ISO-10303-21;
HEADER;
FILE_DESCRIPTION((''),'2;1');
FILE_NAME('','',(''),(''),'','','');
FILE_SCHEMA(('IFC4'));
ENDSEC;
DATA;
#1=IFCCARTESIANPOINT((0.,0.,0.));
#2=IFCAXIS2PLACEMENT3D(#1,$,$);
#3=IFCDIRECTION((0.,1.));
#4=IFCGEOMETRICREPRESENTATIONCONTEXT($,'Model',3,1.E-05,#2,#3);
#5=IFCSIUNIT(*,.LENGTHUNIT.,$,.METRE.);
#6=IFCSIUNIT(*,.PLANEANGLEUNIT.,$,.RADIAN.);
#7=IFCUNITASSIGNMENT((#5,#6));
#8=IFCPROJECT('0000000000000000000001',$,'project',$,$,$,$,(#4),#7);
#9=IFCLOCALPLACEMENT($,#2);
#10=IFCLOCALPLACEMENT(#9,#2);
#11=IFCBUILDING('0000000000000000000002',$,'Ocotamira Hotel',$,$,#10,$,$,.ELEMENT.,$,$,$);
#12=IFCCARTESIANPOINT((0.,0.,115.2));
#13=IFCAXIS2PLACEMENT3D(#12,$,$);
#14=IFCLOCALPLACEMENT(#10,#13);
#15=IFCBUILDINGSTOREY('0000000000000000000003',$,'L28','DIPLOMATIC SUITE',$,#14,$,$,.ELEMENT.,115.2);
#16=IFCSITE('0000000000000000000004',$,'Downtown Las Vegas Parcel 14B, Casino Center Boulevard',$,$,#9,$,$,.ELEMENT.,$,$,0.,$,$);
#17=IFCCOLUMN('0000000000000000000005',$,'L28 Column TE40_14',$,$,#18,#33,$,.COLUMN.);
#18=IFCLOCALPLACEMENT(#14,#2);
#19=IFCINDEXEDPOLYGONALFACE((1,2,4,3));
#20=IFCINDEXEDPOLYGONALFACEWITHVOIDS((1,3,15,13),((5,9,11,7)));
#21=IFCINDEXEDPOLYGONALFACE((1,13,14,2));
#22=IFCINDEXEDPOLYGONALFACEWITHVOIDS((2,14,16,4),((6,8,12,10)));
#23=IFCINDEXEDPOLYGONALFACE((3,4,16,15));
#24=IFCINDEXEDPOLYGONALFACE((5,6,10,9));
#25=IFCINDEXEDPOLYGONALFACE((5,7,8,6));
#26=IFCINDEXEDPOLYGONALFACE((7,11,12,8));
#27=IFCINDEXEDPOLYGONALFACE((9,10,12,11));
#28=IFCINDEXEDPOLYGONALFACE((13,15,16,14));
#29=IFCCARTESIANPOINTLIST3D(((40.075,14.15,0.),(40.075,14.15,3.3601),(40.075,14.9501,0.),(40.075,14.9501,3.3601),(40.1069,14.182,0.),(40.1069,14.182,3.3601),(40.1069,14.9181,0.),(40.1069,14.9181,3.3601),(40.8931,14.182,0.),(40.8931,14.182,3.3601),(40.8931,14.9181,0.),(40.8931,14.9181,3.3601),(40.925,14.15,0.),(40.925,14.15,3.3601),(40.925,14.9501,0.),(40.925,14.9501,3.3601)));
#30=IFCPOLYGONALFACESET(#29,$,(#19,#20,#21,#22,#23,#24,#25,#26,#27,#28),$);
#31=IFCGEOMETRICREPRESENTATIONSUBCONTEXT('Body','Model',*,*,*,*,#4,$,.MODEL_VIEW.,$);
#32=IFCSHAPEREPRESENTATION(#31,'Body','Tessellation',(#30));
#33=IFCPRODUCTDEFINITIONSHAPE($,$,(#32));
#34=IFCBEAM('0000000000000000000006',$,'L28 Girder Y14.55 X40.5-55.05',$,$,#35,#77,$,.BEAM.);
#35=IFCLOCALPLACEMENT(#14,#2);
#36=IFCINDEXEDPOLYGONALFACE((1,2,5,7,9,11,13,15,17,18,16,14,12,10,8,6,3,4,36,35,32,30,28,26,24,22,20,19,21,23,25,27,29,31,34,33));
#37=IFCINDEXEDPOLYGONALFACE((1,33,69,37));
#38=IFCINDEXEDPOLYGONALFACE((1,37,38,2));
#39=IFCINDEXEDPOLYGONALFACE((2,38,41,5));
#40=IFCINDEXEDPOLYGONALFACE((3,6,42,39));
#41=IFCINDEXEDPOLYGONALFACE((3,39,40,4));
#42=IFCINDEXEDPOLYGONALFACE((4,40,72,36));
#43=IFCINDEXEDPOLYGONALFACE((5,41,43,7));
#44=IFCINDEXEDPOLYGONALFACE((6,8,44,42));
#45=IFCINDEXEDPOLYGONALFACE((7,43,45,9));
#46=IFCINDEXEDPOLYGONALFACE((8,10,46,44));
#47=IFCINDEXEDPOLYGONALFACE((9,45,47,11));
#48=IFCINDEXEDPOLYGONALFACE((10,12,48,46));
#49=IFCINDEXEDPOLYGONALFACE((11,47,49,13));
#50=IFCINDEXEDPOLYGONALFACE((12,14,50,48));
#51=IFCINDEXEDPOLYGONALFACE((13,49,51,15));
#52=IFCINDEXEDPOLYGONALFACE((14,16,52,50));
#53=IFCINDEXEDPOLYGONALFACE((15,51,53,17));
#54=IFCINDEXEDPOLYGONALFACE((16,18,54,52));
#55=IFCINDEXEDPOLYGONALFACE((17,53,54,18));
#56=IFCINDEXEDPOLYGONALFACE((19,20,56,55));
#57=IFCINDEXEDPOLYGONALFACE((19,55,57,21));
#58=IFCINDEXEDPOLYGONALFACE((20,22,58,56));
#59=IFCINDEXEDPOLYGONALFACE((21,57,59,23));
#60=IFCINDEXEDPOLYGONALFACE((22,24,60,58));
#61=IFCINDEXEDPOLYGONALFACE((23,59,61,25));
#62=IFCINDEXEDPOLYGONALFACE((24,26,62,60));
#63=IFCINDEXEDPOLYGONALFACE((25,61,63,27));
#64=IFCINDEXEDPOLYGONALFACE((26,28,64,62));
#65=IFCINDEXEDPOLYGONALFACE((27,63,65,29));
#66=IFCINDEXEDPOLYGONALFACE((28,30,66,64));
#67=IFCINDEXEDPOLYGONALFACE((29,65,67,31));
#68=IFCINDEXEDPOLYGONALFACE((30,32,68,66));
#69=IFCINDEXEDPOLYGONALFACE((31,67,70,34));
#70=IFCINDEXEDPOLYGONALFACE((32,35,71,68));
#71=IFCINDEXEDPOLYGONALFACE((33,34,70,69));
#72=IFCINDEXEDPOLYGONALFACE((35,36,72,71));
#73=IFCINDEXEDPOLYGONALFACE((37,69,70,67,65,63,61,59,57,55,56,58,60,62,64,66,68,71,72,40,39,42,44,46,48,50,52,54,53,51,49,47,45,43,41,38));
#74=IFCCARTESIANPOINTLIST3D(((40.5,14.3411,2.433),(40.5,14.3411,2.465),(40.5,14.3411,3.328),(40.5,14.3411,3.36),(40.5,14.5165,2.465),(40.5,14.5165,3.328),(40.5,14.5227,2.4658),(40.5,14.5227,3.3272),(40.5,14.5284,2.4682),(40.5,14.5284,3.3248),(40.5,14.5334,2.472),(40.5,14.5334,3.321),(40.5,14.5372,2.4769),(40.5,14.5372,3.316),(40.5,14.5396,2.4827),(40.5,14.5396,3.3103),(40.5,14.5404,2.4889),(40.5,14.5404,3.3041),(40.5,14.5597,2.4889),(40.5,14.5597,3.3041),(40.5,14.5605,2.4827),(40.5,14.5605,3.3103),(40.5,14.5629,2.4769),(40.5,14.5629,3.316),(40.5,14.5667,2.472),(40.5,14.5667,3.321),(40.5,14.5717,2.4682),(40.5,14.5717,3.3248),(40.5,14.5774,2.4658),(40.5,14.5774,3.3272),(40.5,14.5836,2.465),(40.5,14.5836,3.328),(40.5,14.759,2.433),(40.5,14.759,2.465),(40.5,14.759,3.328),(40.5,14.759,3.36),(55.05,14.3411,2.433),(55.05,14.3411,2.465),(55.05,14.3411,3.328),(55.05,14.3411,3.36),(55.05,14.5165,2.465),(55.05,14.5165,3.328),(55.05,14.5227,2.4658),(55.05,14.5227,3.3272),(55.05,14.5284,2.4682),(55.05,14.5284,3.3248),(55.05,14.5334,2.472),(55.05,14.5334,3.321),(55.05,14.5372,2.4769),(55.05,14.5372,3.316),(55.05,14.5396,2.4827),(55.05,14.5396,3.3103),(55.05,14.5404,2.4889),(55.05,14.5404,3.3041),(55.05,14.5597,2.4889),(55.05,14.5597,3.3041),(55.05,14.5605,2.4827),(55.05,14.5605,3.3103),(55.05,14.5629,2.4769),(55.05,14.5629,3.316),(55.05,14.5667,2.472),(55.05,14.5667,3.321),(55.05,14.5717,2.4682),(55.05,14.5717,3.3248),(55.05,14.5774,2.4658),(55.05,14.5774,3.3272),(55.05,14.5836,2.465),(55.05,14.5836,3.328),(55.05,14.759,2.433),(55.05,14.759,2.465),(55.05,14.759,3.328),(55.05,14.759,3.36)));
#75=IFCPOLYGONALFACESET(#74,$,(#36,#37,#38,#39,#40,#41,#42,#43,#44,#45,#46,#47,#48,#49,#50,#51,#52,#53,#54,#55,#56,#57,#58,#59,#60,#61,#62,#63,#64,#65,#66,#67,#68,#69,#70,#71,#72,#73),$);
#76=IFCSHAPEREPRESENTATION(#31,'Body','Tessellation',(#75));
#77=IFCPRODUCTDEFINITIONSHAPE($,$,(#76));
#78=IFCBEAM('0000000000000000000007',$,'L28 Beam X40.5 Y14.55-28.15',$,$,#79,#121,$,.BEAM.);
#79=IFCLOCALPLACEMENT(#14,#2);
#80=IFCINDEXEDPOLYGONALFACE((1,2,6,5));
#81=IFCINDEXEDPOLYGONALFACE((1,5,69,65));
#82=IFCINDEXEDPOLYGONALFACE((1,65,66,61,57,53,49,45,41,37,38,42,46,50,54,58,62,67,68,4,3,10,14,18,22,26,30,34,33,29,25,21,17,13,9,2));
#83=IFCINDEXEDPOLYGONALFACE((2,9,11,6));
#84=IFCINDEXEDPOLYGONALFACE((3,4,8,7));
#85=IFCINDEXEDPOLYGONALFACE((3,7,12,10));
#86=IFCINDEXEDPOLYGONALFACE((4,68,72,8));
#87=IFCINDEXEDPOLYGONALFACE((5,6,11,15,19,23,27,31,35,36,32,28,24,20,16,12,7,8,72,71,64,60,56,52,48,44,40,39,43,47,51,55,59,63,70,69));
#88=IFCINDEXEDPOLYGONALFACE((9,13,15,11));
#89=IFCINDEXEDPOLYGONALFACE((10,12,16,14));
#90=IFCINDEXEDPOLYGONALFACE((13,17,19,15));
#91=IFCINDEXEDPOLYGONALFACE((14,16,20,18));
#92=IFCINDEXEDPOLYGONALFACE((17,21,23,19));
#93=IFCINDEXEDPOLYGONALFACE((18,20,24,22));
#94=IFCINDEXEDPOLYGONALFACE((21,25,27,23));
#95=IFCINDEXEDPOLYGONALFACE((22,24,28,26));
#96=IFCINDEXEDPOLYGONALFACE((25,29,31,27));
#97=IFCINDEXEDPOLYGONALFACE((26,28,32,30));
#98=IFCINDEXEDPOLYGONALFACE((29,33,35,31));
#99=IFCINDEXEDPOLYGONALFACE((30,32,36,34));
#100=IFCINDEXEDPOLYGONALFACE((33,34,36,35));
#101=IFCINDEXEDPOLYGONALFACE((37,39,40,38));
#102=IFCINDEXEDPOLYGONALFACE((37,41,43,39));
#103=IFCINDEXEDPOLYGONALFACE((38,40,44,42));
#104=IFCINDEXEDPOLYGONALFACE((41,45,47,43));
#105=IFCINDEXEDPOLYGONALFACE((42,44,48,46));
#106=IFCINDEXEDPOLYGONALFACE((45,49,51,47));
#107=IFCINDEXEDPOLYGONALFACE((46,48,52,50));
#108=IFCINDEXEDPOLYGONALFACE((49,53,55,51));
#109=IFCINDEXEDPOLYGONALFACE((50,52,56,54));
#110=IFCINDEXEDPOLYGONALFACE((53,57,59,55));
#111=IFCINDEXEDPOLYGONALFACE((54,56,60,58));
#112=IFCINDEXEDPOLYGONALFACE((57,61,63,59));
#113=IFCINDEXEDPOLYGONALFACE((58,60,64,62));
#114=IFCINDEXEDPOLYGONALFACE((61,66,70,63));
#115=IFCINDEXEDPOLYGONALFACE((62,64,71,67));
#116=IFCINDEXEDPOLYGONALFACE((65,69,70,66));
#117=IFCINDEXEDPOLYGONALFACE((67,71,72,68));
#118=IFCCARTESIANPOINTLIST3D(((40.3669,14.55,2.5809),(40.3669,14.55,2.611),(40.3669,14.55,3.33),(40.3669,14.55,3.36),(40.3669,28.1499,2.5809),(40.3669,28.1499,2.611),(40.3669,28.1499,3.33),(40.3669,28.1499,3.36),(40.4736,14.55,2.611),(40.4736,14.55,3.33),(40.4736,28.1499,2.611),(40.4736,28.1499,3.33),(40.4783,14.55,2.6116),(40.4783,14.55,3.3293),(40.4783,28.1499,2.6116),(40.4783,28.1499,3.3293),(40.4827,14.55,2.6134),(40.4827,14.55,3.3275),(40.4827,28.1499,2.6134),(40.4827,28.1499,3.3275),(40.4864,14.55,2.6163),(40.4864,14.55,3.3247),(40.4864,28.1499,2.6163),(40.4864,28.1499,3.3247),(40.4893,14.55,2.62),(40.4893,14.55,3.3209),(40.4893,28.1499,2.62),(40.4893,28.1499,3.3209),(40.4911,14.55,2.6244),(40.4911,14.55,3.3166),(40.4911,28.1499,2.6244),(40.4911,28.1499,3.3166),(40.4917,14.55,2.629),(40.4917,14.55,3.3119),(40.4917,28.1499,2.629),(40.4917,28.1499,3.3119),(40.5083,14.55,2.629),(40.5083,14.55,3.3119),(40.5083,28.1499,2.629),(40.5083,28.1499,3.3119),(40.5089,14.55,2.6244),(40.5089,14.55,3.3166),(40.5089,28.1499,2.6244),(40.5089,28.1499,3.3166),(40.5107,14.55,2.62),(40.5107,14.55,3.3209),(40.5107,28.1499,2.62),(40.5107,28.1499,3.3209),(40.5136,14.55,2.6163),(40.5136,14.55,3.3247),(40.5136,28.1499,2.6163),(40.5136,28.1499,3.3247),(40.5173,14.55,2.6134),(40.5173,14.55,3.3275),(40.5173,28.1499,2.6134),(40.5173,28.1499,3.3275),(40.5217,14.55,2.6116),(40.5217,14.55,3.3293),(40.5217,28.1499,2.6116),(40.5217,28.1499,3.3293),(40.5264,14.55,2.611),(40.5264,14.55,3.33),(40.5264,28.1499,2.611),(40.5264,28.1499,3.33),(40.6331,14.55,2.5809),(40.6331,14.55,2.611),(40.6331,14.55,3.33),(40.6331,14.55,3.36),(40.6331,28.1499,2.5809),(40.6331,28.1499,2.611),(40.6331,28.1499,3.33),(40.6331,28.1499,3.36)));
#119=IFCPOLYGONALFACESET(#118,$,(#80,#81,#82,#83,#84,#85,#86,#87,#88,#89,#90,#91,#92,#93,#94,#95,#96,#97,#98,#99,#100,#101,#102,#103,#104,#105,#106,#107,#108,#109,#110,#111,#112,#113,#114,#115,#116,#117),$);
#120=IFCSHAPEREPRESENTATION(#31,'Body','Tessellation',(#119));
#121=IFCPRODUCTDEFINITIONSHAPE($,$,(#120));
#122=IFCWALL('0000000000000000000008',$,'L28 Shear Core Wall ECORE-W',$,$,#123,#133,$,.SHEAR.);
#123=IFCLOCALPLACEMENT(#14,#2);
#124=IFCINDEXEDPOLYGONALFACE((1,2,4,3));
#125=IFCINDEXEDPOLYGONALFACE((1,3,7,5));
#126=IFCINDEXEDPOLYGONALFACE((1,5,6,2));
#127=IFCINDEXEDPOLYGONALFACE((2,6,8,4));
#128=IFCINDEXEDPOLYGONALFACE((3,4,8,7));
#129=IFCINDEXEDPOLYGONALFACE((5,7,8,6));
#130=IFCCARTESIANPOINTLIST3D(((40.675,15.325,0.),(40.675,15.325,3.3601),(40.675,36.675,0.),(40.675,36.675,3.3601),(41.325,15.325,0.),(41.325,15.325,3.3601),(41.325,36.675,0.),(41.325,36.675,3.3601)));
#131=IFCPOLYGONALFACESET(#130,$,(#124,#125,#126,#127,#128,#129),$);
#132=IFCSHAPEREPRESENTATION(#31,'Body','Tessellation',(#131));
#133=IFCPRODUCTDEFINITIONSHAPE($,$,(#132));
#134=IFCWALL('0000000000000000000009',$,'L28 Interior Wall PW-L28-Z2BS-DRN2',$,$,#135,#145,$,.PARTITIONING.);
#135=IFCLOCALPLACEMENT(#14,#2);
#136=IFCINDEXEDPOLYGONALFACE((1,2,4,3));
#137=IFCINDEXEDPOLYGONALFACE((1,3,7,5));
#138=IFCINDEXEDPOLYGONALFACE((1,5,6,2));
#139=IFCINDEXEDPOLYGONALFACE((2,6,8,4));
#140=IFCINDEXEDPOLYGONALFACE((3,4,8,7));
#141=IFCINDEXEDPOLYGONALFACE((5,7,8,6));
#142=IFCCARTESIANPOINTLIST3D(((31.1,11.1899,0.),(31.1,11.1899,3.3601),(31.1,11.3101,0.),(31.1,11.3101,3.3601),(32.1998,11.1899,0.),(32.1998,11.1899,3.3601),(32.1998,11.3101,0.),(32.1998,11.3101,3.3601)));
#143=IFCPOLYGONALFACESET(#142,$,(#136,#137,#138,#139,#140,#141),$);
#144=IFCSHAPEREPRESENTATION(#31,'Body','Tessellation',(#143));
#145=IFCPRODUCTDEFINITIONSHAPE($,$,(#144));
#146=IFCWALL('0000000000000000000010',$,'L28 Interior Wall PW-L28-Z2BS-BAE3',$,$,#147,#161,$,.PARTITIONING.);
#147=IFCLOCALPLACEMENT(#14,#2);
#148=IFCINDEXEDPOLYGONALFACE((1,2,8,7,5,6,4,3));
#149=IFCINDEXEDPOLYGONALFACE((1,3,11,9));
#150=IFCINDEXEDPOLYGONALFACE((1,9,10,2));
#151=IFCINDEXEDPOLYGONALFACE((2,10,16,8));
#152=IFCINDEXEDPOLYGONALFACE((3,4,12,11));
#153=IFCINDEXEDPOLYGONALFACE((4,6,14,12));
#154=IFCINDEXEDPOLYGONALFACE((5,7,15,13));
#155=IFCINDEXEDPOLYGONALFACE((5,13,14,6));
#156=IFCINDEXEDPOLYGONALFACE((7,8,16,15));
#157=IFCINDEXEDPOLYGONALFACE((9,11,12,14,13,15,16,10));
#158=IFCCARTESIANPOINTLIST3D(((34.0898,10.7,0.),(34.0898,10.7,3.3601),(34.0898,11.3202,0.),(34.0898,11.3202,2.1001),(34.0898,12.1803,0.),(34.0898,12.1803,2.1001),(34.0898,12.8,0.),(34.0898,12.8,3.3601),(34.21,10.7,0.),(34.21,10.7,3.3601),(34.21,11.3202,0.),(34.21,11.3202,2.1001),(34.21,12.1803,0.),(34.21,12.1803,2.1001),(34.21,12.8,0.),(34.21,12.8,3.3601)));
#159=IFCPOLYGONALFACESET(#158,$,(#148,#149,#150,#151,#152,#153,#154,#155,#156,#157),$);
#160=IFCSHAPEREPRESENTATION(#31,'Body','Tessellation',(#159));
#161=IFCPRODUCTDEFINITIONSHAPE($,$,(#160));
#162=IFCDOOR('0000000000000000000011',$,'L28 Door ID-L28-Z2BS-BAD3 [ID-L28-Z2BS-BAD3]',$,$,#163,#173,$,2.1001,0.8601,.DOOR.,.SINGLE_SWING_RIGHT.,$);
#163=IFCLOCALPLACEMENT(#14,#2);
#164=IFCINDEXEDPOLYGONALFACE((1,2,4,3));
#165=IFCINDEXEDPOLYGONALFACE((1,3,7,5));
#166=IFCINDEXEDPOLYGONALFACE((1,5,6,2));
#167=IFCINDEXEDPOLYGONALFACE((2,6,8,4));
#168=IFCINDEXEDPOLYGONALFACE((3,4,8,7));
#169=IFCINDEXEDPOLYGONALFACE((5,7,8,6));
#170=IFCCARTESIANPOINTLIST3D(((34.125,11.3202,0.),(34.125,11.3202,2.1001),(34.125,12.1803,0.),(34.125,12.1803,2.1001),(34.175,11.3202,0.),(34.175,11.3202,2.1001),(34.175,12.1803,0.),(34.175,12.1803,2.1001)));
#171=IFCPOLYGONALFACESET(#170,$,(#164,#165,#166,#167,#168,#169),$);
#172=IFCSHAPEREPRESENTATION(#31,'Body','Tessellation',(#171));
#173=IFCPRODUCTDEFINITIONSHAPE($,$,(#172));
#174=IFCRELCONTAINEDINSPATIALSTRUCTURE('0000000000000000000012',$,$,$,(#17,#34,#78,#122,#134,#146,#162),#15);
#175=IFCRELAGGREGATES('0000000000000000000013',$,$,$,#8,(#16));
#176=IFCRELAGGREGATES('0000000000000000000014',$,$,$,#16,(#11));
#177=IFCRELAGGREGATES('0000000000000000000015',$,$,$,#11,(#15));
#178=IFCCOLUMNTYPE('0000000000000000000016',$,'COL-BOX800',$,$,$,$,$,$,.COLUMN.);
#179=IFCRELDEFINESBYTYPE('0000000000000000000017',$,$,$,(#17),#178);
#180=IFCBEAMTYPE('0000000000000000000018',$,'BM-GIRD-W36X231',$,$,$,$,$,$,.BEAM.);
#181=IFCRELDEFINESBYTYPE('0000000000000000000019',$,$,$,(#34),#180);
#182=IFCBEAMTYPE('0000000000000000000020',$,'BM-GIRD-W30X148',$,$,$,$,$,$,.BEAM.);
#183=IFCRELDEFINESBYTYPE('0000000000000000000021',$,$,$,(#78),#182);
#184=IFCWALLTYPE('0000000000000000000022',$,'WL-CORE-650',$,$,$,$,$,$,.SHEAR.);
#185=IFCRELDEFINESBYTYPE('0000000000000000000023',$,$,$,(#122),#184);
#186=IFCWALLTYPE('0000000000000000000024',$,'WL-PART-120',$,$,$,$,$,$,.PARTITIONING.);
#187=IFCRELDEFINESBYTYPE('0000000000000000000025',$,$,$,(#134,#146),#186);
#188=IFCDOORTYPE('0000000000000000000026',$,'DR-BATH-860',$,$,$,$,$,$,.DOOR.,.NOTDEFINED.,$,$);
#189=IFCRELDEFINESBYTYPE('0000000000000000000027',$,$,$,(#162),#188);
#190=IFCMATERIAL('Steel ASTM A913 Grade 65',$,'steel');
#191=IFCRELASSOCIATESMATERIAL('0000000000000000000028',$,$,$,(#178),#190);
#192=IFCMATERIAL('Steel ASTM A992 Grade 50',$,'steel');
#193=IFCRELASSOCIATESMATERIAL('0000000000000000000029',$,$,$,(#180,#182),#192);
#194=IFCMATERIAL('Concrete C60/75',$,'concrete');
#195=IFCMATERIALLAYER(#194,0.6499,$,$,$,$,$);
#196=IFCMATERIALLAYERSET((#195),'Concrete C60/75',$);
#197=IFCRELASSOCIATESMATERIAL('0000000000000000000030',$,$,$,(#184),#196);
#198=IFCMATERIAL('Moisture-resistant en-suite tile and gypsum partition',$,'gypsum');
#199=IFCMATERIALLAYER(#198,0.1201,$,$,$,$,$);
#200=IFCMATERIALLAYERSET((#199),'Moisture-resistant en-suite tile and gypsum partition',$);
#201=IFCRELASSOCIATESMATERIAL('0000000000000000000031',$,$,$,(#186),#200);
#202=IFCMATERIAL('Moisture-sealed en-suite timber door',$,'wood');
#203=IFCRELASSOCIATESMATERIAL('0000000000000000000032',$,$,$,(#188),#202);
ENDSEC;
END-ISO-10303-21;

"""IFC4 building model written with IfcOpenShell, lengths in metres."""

from ifc_helpers import new_model, si_unit, direction, frame, frame_2d, origin, origin_2d, place, context, subcontext, project, spatial, rectangle, hollow_rectangle, i_section, extrude, source, transform, mapped, material, layer, layer_set, material_profile, profile_set, type_object, element, fill, save


model = new_model("IFC4")

# Units and contexts
model_context = context("Model", 3, precision=1e-05, world=origin(), true_north=direction((0.0, 1.0)))
body_context = subcontext(model_context, "Body", "Model", "MODEL_VIEW")
ifc_project = project(units=[si_unit("LENGTHUNIT", "METRE"), si_unit("PLANEANGLEUNIT", "RADIAN")], contexts=[model_context])

# Site, building, storey
site_placement = place(None, origin())
site = spatial("IfcSite", under=ifc_project, at=site_placement, Name="Downtown Las Vegas Parcel 14B, Casino Center Boulevard", CompositionType="ELEMENT", RefElevation=0.0)
building_placement = place(site_placement, origin())
building = spatial("IfcBuilding", under=site, at=building_placement, Name="Ocotamira Hotel", CompositionType="ELEMENT")
storey_placement = place(building_placement, frame((0.0, 0.0, 115.2)))
storey = spatial("IfcBuildingStorey", under=building, at=storey_placement, Name="L28", Description="DIPLOMATIC SUITE", CompositionType="ELEMENT", Elevation=115.2)

# Column
ifc_material_1 = material(Name="Steel ASTM A913 Grade 65", Category="steel")
ifc_material_profile_1 = material_profile(ifc_material_1, hollow_rectangle(XDim=0.8501, YDim=0.8, WallThickness=0.032, at=origin_2d()), Name="BOX800X850X32")
ifc_profile_set_1 = profile_set([ifc_material_profile_1], Name="Steel ASTM A913 Grade 65")
column_type = type_object("IfcColumnType", Name="COL-BOX800", PredefinedType="COLUMN", material=ifc_profile_set_1)
shared_shape_1 = source(origin(), body_context, "Body", "SweptSolid", [
    extrude(hollow_rectangle(XDim=0.8501, YDim=0.8, WallThickness=0.032, at=origin_2d()), origin(), (0.0, 0.0, 1.0), 3.3601),
])
column_placement = place(storey_placement, frame((40.5, 14.55, 0.0), z_axis=(0.0, 0.0, 1.0), x_axis=(1.0, 0.0, 0.0)))
element("IfcColumn", 1, at=column_placement, inside=storey, type_object=column_type, Name="L28 Column TE40_14", PredefinedType="COLUMN", context=body_context, shape_type="MappedRepresentation", body=[
    mapped(shared_shape_1, transform((0.0, 0.0, 0.0), scale=1.0)),
])

# Beams
ifc_material_2 = material(Name="Steel ASTM A992 Grade 50", Category="steel")
ifc_material_profile_2 = material_profile(ifc_material_2, i_section(OverallWidth=0.418, OverallDepth=0.927, WebThickness=0.0193, FlangeThickness=0.032, FilletRadius=0.0239, at=origin_2d()), Name="W36X231")
ifc_profile_set_2 = profile_set([ifc_material_profile_2], Name="Steel ASTM A992 Grade 50")
beam_type_1 = type_object("IfcBeamType", Name="BM-GIRD-W36X231", PredefinedType="BEAM", material=ifc_profile_set_2)
shared_shape_2 = source(origin(), body_context, "Body", "SweptSolid", [
    extrude(i_section(OverallWidth=0.418, OverallDepth=0.927, WebThickness=0.0193, FlangeThickness=0.032, FilletRadius=0.0239, at=origin_2d()), origin(), (0.0, 0.0, 1.0), 14.55),
])
beam_1_placement = place(storey_placement, frame((40.5, 14.55, 2.8965), z_axis=(1.0, 0.0, 0.0), x_axis=(0.0, 1.0, 0.0)))
element("IfcBeam", 2, at=beam_1_placement, inside=storey, type_object=beam_type_1, Name="L28 Girder Y14.55 X40.5-55.05", PredefinedType="BEAM", context=body_context, shape_type="MappedRepresentation", body=[
    mapped(shared_shape_2, transform((0.0, 0.0, 0.0), scale=1.0)),
])
ifc_material_profile_3 = material_profile(ifc_material_2, i_section(OverallWidth=0.2661, OverallDepth=0.7791, WebThickness=0.0166, FlangeThickness=0.03, FilletRadius=0.0181, at=origin_2d()), Name="W30X148")
ifc_profile_set_3 = profile_set([ifc_material_profile_3], Name="Steel ASTM A992 Grade 50")
beam_type_2 = type_object("IfcBeamType", Name="BM-GIRD-W30X148", PredefinedType="BEAM", material=ifc_profile_set_3)
shared_shape_3 = source(origin(), body_context, "Body", "SweptSolid", [
    extrude(i_section(OverallWidth=0.2661, OverallDepth=0.7791, WebThickness=0.0166, FlangeThickness=0.03, FilletRadius=0.0181, at=origin_2d()), origin(), (0.0, 0.0, 1.0), 13.5999),
])
beam_2_placement = place(storey_placement, frame((40.5, 14.55, 2.9705), z_axis=(0.0, 1.0, 0.0), x_axis=(-1.0, 0.0, 0.0)))
element("IfcBeam", 3, at=beam_2_placement, inside=storey, type_object=beam_type_2, Name="L28 Beam X40.5 Y14.55-28.15", PredefinedType="BEAM", context=body_context, shape_type="MappedRepresentation", body=[
    mapped(shared_shape_3, transform((0.0, 0.0, 0.0), scale=1.0)),
])

# Shared definitions
ifc_material_3 = material(Name="Concrete C60/75", Category="concrete")
ifc_layer_1 = layer(ifc_material_3, 0.6499)
ifc_layer_set_1 = layer_set([ifc_layer_1], Name="Concrete C60/75")
wall_type_1 = type_object("IfcWallType", Name="WL-CORE-650", PredefinedType="SHEAR", material=ifc_layer_set_1)

# Walls
wall_1_placement = place(storey_placement, frame((41.0, 15.325, 0.0), z_axis=(0.0, 0.0, 1.0), x_axis=(0.0, 1.0, 0.0)))
element("IfcWall", 4, at=wall_1_placement, inside=storey, type_object=wall_type_1, Name="L28 Shear Core Wall ECORE-W", PredefinedType="SHEAR", context=body_context, shape_type="SweptSolid", body=[
    extrude(rectangle(XDim=21.3501, YDim=0.6499, at=frame_2d((10.675, 0.0))), origin(), (0.0, 0.0, 1.0), 3.3601),
])
ifc_material_4 = material(Name="Moisture-resistant en-suite tile and gypsum partition", Category="gypsum")
ifc_layer_2 = layer(ifc_material_4, 0.1201)
ifc_layer_set_2 = layer_set([ifc_layer_2], Name="Moisture-resistant en-suite tile and gypsum partition")
wall_type_2 = type_object("IfcWallType", Name="WL-PART-120", PredefinedType="PARTITIONING", material=ifc_layer_set_2)
wall_2_placement = place(storey_placement, frame((31.1001, 11.25, 0.0), z_axis=(0.0, 0.0, 1.0), x_axis=(1.0, 0.0, 0.0)))
element("IfcWall", 5, at=wall_2_placement, inside=storey, type_object=wall_type_2, Name="L28 Interior Wall PW-L28-Z2BS-DRN2", PredefinedType="PARTITIONING", context=body_context, shape_type="SweptSolid", body=[
    extrude(rectangle(XDim=1.0999, YDim=0.1201, at=frame_2d((0.5498, 0.0))), origin(), (0.0, 0.0, 1.0), 3.3601),
])

# Wall, opening, door
wall_3_placement = place(storey_placement, frame((34.1499, 10.7, 0.0), z_axis=(0.0, 0.0, 1.0), x_axis=(0.0, 1.0, 0.0)))
wall_3 = element("IfcWall", 6, at=wall_3_placement, inside=storey, type_object=wall_type_2, Name="L28 Interior Wall PW-L28-Z2BS-BAE3", PredefinedType="PARTITIONING", context=body_context, shape_type="SweptSolid", body=[
    extrude(rectangle(XDim=2.1001, YDim=0.1201, at=frame_2d((1.05, 0.0))), origin(), (0.0, 0.0, 1.0), 3.3601),
])
opening_1_placement = place(wall_3_placement, frame((0.6201, 0.0, 0.0)))
opening_1 = element("IfcOpeningElement", 7, at=opening_1_placement, cuts=wall_3, PredefinedType="OPENING", context=body_context, shape_type="SweptSolid", body=[
    extrude(rectangle(XDim=0.8601, YDim=2.1001, at=frame_2d((0.4302, 1.05))), frame((0.0, 0.0701, 0.0), z_axis=(0.0, -1.0, 0.0), x_axis=(1.0, 0.0, 0.0)), (0.0, 0.0, 1.0), 0.1401),
])
ifc_material_5 = material(Name="Moisture-sealed en-suite timber door", Category="wood")
door_type_1 = type_object("IfcDoorType", Name="DR-BATH-860", OperationType="NOTDEFINED", PredefinedType="DOOR", material=ifc_material_5)
shared_shape_4 = source(origin(), body_context, "Body", "SweptSolid", [
    extrude(rectangle(XDim=0.8601, YDim=2.1001, at=frame_2d((0.4302, 1.05))), frame((0.0, 0.0249, 0.0), z_axis=(0.0, -1.0, 0.0), x_axis=(1.0, 0.0, 0.0)), (0.0, 0.0, 1.0), 0.05),
])
door_1_placement = place(opening_1_placement, origin())
door_1 = element("IfcDoor", 8, at=door_1_placement, inside=storey, type_object=door_type_1, Name="L28 Door ID-L28-Z2BS-BAD3 [ID-L28-Z2BS-BAD3]", OperationType="SINGLE_SWING_RIGHT", OverallHeight=2.1001, OverallWidth=0.8601, PredefinedType="DOOR", context=body_context, shape_type="MappedRepresentation", body=[
    mapped(shared_shape_4, transform((0.0, 0.0, 0.0), scale=1.0)),
])
fill(opening_1, door_1)

save(model, "model.ifc")
